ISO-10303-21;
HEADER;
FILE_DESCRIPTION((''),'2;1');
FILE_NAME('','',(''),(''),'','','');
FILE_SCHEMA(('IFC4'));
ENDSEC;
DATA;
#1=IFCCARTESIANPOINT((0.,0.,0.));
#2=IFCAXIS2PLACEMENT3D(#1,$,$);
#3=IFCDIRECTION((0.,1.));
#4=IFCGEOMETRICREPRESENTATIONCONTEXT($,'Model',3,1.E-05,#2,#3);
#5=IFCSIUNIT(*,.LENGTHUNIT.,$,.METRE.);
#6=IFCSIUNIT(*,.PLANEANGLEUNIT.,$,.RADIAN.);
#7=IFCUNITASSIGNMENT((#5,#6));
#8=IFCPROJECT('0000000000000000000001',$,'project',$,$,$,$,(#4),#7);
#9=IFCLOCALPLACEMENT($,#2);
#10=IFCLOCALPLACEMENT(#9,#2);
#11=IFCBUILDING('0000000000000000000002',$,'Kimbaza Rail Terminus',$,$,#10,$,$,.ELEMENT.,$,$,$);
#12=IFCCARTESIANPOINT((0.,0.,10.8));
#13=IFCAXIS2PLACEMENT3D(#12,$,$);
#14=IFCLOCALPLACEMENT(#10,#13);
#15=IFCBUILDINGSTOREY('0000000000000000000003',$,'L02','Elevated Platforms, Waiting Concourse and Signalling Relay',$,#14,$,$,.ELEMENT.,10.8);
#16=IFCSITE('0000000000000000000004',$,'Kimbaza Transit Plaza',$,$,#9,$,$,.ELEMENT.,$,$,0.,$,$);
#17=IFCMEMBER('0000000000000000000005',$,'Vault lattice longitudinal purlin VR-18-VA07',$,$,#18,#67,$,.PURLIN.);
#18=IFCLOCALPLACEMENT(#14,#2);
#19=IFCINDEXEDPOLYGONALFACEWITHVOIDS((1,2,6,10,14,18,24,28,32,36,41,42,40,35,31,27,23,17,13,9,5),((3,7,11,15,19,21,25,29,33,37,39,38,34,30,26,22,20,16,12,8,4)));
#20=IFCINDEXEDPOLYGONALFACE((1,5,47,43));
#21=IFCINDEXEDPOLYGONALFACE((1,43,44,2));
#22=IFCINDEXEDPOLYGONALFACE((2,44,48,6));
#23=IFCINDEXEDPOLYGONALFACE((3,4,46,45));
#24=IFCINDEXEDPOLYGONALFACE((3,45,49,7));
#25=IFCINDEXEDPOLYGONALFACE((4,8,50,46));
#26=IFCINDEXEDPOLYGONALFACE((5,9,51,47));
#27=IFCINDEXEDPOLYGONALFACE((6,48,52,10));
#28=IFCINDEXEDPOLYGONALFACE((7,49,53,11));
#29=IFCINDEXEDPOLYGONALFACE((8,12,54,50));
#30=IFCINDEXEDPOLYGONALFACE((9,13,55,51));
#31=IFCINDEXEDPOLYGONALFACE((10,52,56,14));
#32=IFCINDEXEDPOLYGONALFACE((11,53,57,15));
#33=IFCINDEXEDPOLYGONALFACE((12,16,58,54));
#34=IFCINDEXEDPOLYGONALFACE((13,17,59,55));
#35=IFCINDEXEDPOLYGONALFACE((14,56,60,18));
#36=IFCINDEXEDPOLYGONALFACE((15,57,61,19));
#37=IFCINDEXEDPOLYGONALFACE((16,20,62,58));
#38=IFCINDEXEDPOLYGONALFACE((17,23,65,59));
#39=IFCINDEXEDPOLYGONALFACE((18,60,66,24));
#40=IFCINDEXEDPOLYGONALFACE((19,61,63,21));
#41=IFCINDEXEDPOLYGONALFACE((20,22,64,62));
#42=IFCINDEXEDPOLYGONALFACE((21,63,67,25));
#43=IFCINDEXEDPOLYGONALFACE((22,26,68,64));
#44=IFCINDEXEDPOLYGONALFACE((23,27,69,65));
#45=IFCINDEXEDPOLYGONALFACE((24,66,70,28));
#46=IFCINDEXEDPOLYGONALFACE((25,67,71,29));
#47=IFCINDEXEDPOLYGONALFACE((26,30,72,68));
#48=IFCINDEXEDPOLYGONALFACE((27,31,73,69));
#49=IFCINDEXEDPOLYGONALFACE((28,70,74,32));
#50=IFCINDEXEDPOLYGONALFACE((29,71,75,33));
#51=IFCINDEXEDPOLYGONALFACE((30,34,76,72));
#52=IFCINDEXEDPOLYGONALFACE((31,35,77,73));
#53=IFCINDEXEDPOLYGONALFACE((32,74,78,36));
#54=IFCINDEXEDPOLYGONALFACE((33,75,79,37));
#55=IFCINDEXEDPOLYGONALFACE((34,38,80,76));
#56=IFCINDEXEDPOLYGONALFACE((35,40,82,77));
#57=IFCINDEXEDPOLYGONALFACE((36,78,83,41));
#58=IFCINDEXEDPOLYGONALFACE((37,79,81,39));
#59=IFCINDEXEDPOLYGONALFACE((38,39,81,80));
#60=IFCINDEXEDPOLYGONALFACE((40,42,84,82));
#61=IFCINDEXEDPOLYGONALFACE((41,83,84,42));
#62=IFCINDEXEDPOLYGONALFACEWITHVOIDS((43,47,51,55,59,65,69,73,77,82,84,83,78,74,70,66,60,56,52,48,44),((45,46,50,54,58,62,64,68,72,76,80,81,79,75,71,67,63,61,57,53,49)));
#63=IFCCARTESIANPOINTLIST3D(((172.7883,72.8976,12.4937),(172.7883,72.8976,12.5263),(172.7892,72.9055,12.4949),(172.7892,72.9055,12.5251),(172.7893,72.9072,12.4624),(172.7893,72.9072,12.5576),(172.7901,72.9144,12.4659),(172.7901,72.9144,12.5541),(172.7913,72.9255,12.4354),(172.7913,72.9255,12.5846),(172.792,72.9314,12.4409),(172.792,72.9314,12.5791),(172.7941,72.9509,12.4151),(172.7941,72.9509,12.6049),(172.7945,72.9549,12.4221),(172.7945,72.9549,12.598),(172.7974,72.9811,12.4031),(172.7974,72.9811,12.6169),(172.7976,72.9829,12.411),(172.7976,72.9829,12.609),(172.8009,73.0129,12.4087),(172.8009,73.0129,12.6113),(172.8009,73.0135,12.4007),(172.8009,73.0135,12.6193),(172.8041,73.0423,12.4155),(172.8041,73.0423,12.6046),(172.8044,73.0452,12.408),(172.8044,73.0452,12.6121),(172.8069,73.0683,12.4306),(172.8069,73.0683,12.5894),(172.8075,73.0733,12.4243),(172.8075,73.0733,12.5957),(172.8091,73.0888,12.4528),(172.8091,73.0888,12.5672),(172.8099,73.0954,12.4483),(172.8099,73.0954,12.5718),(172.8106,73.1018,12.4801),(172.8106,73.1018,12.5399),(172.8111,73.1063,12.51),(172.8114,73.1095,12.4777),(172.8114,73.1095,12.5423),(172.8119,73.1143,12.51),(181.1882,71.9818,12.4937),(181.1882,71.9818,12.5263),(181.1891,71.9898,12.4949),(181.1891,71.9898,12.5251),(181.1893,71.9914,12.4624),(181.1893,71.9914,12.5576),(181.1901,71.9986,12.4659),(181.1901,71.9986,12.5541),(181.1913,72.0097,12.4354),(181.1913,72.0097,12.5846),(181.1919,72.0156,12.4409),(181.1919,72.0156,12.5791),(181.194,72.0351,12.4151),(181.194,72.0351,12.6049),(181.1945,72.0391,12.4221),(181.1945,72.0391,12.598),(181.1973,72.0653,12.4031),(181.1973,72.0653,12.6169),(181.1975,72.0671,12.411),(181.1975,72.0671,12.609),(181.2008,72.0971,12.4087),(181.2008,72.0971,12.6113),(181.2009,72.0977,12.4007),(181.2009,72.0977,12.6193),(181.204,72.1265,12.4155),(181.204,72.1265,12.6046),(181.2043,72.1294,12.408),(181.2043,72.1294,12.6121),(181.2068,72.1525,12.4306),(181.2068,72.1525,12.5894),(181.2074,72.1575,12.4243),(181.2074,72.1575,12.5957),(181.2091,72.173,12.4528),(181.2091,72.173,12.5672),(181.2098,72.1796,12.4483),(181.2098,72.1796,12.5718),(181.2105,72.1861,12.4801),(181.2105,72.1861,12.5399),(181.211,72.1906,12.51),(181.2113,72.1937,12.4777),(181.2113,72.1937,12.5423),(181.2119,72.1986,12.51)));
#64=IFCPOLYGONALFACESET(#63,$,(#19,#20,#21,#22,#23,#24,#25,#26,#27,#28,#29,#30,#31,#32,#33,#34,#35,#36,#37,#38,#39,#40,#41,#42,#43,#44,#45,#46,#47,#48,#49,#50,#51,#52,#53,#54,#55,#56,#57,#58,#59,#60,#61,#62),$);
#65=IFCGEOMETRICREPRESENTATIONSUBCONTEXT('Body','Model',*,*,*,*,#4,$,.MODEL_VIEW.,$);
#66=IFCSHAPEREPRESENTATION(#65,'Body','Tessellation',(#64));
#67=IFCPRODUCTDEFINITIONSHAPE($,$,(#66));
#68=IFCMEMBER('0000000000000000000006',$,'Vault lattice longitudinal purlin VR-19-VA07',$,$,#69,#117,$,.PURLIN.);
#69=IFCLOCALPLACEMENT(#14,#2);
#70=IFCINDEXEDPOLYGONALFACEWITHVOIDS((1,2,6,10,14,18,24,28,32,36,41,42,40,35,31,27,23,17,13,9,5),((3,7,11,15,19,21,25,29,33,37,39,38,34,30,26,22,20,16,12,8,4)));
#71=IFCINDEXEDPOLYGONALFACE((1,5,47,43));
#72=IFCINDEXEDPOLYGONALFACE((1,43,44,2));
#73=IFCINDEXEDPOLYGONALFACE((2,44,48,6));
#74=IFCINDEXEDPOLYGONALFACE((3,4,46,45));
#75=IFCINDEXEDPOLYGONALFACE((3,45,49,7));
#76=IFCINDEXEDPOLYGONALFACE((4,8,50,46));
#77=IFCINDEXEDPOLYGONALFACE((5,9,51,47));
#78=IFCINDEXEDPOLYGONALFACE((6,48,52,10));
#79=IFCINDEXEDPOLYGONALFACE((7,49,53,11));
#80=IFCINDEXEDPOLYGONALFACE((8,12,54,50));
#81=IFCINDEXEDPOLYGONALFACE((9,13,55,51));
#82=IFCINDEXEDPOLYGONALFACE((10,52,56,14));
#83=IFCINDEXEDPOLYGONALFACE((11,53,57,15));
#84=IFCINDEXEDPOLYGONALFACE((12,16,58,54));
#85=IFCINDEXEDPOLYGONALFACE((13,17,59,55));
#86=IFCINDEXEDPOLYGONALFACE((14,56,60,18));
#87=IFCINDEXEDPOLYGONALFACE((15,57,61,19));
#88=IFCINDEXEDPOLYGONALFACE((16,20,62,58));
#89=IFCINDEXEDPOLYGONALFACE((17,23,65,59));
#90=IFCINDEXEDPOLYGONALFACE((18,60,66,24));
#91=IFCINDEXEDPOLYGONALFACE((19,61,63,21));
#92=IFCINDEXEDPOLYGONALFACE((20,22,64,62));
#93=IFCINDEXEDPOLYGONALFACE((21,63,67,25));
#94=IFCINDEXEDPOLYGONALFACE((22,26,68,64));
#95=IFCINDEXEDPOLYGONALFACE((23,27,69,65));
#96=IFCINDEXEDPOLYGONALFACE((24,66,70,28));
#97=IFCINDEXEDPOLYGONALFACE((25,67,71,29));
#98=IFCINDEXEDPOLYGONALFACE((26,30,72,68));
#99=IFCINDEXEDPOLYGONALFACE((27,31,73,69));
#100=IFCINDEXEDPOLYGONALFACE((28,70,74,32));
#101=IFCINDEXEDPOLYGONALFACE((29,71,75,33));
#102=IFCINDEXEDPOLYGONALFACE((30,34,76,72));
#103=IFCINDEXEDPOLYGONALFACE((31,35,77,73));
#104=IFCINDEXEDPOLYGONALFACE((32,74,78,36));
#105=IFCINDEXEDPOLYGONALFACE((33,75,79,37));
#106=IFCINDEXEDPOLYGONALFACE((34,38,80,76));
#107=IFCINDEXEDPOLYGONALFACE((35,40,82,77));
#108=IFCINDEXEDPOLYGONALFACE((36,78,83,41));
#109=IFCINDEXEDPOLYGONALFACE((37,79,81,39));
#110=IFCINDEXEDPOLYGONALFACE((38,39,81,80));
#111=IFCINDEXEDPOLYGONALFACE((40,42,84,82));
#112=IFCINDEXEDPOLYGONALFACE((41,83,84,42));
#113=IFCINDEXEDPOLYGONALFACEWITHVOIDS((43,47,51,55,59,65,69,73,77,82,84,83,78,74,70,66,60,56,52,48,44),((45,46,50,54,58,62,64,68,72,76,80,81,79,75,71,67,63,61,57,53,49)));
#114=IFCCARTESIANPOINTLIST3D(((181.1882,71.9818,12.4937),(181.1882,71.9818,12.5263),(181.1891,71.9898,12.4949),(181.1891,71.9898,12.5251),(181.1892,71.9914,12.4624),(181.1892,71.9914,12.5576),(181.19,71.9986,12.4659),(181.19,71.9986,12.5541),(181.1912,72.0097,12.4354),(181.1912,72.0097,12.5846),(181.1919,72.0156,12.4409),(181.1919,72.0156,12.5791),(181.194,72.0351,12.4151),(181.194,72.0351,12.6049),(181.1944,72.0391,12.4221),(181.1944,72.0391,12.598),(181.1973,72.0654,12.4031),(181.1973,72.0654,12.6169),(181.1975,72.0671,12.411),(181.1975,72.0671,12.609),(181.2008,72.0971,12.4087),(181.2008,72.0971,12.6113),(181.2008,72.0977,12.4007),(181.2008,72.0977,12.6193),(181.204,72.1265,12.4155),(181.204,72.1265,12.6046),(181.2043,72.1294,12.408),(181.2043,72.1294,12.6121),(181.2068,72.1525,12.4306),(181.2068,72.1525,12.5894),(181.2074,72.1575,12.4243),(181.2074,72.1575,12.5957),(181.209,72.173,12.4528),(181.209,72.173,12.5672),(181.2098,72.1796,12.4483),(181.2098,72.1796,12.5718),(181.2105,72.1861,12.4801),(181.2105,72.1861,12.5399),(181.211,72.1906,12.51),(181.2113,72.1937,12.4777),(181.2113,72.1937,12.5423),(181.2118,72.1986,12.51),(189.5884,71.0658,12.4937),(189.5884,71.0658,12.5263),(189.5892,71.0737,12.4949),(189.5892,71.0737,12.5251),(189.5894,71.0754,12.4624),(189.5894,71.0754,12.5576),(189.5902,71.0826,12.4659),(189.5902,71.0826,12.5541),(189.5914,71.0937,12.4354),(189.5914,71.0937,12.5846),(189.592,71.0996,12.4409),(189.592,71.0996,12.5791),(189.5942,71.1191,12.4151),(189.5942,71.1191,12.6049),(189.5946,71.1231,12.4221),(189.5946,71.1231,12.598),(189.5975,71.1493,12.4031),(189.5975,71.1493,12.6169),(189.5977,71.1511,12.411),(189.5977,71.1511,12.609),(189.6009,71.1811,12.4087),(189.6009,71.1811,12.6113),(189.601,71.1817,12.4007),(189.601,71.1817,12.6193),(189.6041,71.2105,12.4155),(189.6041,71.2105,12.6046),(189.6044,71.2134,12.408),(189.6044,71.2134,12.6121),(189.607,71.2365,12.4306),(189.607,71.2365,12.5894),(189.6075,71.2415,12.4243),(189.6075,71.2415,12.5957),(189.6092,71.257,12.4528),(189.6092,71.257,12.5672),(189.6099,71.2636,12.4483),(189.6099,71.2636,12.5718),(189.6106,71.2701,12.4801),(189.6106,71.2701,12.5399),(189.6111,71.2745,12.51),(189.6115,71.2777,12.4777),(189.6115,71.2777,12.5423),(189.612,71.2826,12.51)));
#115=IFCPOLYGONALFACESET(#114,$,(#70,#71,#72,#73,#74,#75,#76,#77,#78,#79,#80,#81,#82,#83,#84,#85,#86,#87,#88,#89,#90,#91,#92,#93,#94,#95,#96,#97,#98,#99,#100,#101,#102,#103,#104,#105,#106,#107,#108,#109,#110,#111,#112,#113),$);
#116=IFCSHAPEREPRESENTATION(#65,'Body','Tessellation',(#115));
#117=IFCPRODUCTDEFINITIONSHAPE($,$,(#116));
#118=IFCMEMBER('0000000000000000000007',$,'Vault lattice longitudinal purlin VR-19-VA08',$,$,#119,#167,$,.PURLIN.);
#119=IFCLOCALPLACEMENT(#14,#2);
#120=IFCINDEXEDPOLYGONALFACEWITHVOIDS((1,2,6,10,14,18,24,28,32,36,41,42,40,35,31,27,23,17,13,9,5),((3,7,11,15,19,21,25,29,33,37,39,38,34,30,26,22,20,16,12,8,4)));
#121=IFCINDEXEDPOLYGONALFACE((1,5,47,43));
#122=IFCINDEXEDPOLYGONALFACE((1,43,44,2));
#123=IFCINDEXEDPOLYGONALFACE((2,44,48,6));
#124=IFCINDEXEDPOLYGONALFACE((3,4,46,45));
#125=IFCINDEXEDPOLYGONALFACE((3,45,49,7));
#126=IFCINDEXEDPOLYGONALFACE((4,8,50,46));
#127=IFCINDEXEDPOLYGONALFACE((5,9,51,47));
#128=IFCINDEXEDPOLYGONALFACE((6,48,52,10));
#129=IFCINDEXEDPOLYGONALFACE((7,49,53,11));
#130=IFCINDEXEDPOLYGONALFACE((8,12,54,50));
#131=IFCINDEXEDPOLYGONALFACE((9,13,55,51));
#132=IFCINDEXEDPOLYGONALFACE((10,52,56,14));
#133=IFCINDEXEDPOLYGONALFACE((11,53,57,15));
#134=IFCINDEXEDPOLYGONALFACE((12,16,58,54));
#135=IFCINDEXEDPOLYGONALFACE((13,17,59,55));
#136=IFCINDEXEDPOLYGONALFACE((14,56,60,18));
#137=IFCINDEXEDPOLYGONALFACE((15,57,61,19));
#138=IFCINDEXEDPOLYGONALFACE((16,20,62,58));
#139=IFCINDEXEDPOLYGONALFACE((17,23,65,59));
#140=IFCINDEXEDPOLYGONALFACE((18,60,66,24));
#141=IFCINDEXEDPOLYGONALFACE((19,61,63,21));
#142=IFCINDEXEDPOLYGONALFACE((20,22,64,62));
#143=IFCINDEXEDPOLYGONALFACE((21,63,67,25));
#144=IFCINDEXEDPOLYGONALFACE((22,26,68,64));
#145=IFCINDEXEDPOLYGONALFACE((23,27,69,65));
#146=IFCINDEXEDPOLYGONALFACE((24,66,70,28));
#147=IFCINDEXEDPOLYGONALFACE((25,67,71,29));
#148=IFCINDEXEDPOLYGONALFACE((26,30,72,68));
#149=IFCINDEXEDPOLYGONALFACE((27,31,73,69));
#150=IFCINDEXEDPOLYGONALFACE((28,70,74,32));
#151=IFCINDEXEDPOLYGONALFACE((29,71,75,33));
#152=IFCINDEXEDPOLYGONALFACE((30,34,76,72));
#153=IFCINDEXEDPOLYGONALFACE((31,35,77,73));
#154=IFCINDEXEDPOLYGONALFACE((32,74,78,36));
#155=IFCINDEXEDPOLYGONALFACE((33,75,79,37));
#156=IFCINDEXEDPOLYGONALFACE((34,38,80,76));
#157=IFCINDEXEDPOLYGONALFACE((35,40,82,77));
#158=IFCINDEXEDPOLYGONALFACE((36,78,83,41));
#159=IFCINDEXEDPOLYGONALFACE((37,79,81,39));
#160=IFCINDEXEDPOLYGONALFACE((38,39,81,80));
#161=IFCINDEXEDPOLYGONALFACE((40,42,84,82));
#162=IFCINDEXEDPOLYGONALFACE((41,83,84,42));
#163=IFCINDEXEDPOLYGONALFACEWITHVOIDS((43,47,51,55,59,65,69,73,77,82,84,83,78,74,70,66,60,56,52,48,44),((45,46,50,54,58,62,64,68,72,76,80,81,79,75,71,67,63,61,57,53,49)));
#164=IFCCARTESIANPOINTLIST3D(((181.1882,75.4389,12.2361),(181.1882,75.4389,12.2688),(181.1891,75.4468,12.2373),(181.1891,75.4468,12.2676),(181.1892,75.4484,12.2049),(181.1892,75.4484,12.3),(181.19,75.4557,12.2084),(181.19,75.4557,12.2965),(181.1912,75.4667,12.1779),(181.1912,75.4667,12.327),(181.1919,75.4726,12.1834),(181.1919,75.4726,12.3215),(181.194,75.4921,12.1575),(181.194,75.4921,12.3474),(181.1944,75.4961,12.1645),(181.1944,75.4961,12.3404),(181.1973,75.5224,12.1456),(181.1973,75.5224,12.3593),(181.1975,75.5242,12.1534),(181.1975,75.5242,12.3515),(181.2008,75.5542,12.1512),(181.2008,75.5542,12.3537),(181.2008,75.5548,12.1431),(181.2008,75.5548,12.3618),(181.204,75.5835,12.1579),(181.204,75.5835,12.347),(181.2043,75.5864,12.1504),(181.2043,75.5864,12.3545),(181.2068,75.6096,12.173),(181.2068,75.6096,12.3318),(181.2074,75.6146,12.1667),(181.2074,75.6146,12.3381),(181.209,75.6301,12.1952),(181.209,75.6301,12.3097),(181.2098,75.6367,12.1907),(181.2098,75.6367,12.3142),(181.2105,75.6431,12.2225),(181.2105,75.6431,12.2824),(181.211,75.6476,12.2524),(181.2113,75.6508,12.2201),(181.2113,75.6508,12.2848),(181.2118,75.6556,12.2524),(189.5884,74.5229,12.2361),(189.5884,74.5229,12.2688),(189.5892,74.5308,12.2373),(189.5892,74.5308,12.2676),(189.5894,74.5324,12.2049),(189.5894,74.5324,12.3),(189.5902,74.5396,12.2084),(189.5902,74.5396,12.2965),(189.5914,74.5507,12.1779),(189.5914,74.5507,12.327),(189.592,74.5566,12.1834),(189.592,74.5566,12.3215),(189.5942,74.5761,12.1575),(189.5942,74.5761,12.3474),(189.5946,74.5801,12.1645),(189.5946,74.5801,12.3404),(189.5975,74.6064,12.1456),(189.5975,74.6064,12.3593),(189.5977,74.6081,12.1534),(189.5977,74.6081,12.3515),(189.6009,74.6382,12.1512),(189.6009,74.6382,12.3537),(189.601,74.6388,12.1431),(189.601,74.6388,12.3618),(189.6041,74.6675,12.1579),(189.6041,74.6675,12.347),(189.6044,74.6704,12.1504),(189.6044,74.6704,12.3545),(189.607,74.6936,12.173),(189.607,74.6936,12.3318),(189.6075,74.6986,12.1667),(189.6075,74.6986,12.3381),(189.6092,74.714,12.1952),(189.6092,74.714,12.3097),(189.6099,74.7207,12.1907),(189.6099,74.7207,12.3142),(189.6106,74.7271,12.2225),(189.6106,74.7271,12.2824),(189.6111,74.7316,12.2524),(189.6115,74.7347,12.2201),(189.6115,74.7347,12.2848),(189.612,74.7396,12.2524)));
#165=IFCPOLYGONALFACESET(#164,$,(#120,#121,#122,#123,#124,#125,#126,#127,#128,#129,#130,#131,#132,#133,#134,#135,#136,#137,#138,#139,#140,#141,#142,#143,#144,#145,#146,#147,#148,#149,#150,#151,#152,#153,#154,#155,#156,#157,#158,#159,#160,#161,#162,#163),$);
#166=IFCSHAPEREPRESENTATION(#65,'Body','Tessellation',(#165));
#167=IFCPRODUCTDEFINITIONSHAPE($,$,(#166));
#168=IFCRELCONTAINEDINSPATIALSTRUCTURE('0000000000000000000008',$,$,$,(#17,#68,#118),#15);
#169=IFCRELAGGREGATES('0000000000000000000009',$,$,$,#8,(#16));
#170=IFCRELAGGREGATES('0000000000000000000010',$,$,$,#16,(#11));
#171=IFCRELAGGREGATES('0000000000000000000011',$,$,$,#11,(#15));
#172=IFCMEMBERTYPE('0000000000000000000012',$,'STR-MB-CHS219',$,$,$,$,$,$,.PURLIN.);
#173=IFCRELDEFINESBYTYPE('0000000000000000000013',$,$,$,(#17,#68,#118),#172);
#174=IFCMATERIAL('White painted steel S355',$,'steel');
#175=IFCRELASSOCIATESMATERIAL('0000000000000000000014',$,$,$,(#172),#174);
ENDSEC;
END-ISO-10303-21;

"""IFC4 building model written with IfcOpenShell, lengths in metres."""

from ifc_helpers import new_model, si_unit, direction, frame, origin, origin_2d, place, context, subcontext, project, spatial, hollow_circle, extrude, material, material_profile, profile_set, type_object, element, save


model = new_model("IFC4")

# Units and contexts
model_context = context("Model", 3, precision=1e-05, world=origin(), true_north=direction((0.0, 1.0)))
body_context = subcontext(model_context, "Body", "Model", "MODEL_VIEW")
ifc_project = project(units=[si_unit("LENGTHUNIT", "METRE"), si_unit("PLANEANGLEUNIT", "RADIAN")], contexts=[model_context])

# Site, building, storey
site_placement = place(None, origin())
site = spatial("IfcSite", under=ifc_project, at=site_placement, Name="Kimbaza Transit Plaza", CompositionType="ELEMENT", RefElevation=0.0)
building_placement = place(site_placement, origin())
building = spatial("IfcBuilding", under=site, at=building_placement, Name="Kimbaza Rail Terminus", CompositionType="ELEMENT")
storey_placement = place(building_placement, frame((0.0, 0.0, 10.8)))
storey = spatial("IfcBuildingStorey", under=building, at=storey_placement, Name="L02", Description="Elevated Platforms, Waiting Concourse and Signalling Relay", CompositionType="ELEMENT", Elevation=10.8)

# Members
ifc_material_1 = material(Name="White painted steel S355", Category="steel")
ifc_material_profile_1 = material_profile(ifc_material_1, hollow_circle(Radius=0.1096, WallThickness=0.0081, at=origin_2d()), Name="CHS 219.1x8")
ifc_profile_set_1 = profile_set([ifc_material_profile_1], Name="White painted steel S355")
member_type_1 = type_object("IfcMemberType", Name="STR-MB-CHS219", PredefinedType="PURLIN", material=ifc_profile_set_1)
member_1_placement = place(storey_placement, frame((172.8, 73.0054, 12.51), z_axis=(0.99411, -0.10838, 0.0), x_axis=(0.10838, 0.99411, 0.0)))
element("IfcMember", 1, at=member_1_placement, inside=storey, type_object=member_type_1, Name="Vault lattice longitudinal purlin VR-18-VA07", PredefinedType="PURLIN", context=body_context, shape_type="SweptSolid", body=[
    extrude(hollow_circle(Radius=0.1096, WallThickness=0.0081, at=origin_2d()), origin(), (0.0, 0.0, 1.0), 8.4497),
])
for number, where, z_axis, x_axis, name in (
    (2, (181.2, 72.0896, 12.51), (0.994107, -0.108405, 0.0), (0.108405, 0.994107, 0.0), "Vault lattice longitudinal purlin VR-19-VA07"),
    (3, (181.2, 75.5466, 12.2524), (0.994107, -0.108405, 0.0), (0.108405, 0.994107, 0.0), "Vault lattice longitudinal purlin VR-19-VA08"),
):
    element("IfcMember", number, at=place(storey_placement, frame(where, z_axis=z_axis, x_axis=x_axis)), inside=storey, type_object=member_type_1, Name=name, PredefinedType="PURLIN", context=body_context, shape_type="SweptSolid", body=[
        extrude(hollow_circle(Radius=0.1096, WallThickness=0.0081, at=origin_2d()), origin(), (0.0, 0.0, 1.0), 8.45),
    ])

save(model, "model.ifc")
